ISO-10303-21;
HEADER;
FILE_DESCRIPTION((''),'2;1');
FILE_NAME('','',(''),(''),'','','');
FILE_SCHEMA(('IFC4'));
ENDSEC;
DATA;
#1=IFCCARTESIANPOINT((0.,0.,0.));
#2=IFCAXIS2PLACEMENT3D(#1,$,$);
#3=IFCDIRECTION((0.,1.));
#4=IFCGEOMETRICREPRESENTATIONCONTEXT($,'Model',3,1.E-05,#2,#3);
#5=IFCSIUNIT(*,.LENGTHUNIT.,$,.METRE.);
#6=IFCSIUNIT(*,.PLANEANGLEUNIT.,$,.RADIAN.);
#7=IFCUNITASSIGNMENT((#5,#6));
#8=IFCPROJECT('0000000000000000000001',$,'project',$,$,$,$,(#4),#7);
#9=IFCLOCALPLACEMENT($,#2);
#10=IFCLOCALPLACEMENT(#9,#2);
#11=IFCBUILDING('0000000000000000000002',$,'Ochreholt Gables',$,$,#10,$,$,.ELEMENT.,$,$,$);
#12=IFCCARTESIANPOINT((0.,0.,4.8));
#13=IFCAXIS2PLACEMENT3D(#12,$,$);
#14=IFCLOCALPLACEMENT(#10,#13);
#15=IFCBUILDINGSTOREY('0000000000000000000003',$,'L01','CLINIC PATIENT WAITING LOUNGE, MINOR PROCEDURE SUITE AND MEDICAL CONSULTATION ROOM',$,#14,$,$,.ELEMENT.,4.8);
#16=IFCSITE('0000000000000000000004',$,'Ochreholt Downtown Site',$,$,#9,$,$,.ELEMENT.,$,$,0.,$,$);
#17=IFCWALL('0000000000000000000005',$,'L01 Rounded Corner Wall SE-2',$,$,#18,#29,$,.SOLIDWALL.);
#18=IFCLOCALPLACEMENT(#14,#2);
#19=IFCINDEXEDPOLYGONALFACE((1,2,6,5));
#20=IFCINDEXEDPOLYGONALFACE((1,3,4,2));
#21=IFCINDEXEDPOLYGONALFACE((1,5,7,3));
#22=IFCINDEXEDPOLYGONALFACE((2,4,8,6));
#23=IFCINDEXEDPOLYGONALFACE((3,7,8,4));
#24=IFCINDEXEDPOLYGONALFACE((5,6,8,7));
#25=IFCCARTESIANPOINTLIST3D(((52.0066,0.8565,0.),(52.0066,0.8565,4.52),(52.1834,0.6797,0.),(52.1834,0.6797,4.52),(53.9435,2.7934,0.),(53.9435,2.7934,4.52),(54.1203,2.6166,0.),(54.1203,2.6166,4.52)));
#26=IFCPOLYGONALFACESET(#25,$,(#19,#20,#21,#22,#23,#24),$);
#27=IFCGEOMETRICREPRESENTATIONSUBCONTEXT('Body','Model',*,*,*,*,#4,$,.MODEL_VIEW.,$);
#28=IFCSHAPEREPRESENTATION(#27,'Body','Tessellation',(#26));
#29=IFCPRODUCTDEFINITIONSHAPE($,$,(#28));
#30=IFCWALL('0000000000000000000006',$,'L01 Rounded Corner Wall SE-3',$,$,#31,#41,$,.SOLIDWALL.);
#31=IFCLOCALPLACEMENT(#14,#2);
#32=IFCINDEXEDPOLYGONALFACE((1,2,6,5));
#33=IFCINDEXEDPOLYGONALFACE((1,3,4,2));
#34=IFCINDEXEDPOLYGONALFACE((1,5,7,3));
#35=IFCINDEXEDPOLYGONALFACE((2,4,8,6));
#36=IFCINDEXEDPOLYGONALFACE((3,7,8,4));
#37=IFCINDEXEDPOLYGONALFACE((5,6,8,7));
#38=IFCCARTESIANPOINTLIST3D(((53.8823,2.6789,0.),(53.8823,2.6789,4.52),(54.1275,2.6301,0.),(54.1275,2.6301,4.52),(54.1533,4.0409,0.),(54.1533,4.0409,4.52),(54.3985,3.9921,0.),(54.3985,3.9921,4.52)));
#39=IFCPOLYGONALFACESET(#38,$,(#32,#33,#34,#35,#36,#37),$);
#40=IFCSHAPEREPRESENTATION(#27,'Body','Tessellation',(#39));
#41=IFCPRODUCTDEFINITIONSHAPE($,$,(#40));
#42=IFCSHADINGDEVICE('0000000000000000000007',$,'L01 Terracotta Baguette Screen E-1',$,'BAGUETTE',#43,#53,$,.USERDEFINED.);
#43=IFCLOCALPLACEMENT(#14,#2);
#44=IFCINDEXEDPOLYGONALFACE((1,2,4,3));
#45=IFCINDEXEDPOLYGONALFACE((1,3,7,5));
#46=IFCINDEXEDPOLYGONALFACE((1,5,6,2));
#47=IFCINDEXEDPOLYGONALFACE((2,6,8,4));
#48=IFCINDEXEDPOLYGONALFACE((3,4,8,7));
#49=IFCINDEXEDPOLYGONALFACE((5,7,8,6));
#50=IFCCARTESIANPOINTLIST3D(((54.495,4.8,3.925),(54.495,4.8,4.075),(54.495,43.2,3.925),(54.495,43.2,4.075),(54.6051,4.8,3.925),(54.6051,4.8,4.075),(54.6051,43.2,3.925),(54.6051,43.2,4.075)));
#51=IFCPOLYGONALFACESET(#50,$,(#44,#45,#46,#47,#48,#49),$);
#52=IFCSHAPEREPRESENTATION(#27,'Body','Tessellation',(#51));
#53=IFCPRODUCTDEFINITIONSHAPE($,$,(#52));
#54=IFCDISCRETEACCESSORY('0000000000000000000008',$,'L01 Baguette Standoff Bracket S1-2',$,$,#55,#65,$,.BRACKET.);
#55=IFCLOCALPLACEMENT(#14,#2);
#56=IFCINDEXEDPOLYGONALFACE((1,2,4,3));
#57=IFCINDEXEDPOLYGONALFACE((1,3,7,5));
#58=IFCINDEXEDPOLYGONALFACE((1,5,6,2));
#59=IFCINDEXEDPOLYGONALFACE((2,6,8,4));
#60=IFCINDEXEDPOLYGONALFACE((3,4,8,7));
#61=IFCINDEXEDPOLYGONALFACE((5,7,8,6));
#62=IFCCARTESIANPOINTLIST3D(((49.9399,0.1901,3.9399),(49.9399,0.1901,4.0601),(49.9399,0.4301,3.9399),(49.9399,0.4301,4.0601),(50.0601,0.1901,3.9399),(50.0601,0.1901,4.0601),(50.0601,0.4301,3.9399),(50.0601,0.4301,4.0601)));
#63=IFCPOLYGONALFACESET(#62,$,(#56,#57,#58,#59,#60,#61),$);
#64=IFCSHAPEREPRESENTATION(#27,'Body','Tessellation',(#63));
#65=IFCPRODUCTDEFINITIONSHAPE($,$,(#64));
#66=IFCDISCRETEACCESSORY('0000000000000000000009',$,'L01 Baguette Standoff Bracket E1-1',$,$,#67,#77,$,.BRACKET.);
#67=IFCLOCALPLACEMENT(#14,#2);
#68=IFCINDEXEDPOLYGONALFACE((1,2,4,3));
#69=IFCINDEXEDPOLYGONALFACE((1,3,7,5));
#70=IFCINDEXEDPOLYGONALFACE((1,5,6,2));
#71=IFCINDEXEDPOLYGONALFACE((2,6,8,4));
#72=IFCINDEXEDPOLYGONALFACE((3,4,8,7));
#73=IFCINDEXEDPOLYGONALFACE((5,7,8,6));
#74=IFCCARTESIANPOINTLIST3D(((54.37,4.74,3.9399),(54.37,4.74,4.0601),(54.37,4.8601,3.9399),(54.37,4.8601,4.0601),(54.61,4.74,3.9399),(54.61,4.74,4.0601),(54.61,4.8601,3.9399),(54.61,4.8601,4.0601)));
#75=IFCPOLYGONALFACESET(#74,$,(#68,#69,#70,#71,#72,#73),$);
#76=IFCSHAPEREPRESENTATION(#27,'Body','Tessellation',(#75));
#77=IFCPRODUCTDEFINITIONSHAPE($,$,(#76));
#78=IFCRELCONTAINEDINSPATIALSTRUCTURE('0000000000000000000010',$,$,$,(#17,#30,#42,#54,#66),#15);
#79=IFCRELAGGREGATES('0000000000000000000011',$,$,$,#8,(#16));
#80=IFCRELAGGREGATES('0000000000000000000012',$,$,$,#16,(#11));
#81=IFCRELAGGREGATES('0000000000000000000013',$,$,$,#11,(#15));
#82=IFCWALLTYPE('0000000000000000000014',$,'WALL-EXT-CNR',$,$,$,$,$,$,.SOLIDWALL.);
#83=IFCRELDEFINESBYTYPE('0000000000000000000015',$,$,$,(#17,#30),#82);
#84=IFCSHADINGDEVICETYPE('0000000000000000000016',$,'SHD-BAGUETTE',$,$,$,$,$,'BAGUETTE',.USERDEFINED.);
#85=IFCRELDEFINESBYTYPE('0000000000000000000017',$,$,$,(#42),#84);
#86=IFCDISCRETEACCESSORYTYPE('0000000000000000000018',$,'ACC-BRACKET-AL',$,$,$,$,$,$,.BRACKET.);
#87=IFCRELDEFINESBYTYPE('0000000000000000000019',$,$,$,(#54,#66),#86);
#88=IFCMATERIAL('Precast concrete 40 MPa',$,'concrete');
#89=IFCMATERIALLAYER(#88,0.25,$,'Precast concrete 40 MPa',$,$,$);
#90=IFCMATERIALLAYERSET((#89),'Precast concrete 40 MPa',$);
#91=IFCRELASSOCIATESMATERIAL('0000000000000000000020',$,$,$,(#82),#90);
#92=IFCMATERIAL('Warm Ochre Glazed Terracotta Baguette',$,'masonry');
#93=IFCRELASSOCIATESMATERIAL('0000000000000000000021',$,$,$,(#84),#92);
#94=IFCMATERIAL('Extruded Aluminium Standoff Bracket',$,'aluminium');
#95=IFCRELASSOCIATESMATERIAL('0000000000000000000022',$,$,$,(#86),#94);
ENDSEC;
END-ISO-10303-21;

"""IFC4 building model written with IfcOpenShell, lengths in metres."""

from ifc_helpers import new_model, si_unit, direction, frame, frame_2d, origin, origin_2d, place, context, subcontext, project, spatial, rectangle, extrude, material, layer, layer_set, material_profile, profile_set, type_object, element, save


model = new_model("IFC4")

# Units and contexts
model_context = context("Model", 3, precision=1e-05, world=origin(), true_north=direction((0.0, 1.0)))
body_context = subcontext(model_context, "Body", "Model", "MODEL_VIEW")
ifc_project = project(units=[si_unit("LENGTHUNIT", "METRE"), si_unit("PLANEANGLEUNIT", "RADIAN")], contexts=[model_context])

# Site, building, storey
site_placement = place(None, origin())
site = spatial("IfcSite", under=ifc_project, at=site_placement, Name="Ochreholt Downtown Site", CompositionType="ELEMENT", RefElevation=0.0)
building_placement = place(site_placement, origin())
building = spatial("IfcBuilding", under=site, at=building_placement, Name="Ochreholt Gables", CompositionType="ELEMENT")
storey_placement = place(building_placement, frame((0.0, 0.0, 4.8)))
storey = spatial("IfcBuildingStorey", under=building, at=storey_placement, Name="L01", Description="CLINIC PATIENT WAITING LOUNGE, MINOR PROCEDURE SUITE AND MEDICAL CONSULTATION ROOM", CompositionType="ELEMENT", Elevation=4.8)

# Shared definitions
ifc_material_1 = material(Name="Precast concrete 40 MPa", Category="concrete")

# Walls
ifc_layer_1 = layer(ifc_material_1, 0.25, Name="Precast concrete 40 MPa")
ifc_layer_set_1 = layer_set([ifc_layer_1], Name="Precast concrete 40 MPa")
wall_type_1 = type_object("IfcWallType", Name="WALL-EXT-CNR", PredefinedType="SOLIDWALL", material=ifc_layer_set_1)
wall_1_placement = place(storey_placement, frame((52.095, 0.7681, 0.0), z_axis=(0.0, 0.0, 1.0), x_axis=(0.707107, 0.707107, 0.0)))
element("IfcWall", 1, at=wall_1_placement, inside=storey, type_object=wall_type_1, Name="L01 Rounded Corner Wall SE-2", PredefinedType="SOLIDWALL", context=body_context, shape_type="SweptSolid", body=[
    extrude(rectangle(XDim=2.7393, YDim=0.25, at=frame_2d((1.3696, 0.0))), origin(), (0.0, 0.0, 1.0), 4.52),
])
wall_2_placement = place(storey_placement, frame((54.0049, 2.6545, 0.0), z_axis=(0.0, 0.0, 1.0), x_axis=(0.195136, 0.980776, 0.0)))
element("IfcWall", 2, at=wall_2_placement, inside=storey, type_object=wall_type_1, Name="L01 Rounded Corner Wall SE-3", PredefinedType="SOLIDWALL", context=body_context, shape_type="SweptSolid", body=[
    extrude(rectangle(XDim=1.3887, YDim=0.25, at=frame_2d((0.6943, 0.0))), origin(), (0.0, 0.0, 1.0), 4.52),
])

# Shading device
ifc_material_2 = material(Name="Warm Ochre Glazed Terracotta Baguette", Category="masonry")
ifc_material_profile_1 = material_profile(ifc_material_2, rectangle(XDim=0.1101, YDim=0.1499, at=origin_2d()), Name="TCBAG110X150")
ifc_profile_set_1 = profile_set([ifc_material_profile_1], Name="Warm Ochre Glazed Terracotta Baguette")
shading_device_type = type_object("IfcShadingDeviceType", Name="SHD-BAGUETTE", ElementType="BAGUETTE", PredefinedType="USERDEFINED", material=ifc_profile_set_1)
shading_device_placement = place(storey_placement, frame((54.55, 4.8, 4.0), z_axis=(0.0, 1.0, 0.0), x_axis=(-1.0, 0.0, 0.0)))
element("IfcShadingDevice", 3, at=shading_device_placement, inside=storey, type_object=shading_device_type, Name="L01 Terracotta Baguette Screen E-1", ObjectType="BAGUETTE", PredefinedType="USERDEFINED", context=body_context, shape_type="SweptSolid", body=[
    extrude(rectangle(XDim=0.1101, YDim=0.1499, at=origin_2d()), origin(), (0.0, 0.0, 1.0), 38.3999),
])

# Discrete accessories
ifc_material_3 = material(Name="Extruded Aluminium Standoff Bracket", Category="aluminium")
discrete_accessory_type = type_object("IfcDiscreteAccessoryType", Name="ACC-BRACKET-AL", PredefinedType="BRACKET", material=ifc_material_3)
for number, where, z_axis, x_axis, name in (
    (4, (50.0, 0.3101, 3.9399), (0.0, 0.0, 1.0), (1.0, 0.0, 0.0), "L01 Baguette Standoff Bracket S1-2"),
    (5, (54.49, 4.8, 3.9399), (0.0, 0.0, 1.0), (0.0, 1.0, 0.0), "L01 Baguette Standoff Bracket E1-1"),
):
    element("IfcDiscreteAccessory", number, at=place(storey_placement, frame(where, z_axis=z_axis, x_axis=x_axis)), inside=storey, type_object=discrete_accessory_type, Name=name, PredefinedType="BRACKET", context=body_context, shape_type="SweptSolid", body=[
        extrude(rectangle(XDim=0.1201, YDim=0.24, at=origin_2d()), origin(), (0.0, 0.0, 1.0), 0.1201),
    ])

save(model, "model.ifc")
